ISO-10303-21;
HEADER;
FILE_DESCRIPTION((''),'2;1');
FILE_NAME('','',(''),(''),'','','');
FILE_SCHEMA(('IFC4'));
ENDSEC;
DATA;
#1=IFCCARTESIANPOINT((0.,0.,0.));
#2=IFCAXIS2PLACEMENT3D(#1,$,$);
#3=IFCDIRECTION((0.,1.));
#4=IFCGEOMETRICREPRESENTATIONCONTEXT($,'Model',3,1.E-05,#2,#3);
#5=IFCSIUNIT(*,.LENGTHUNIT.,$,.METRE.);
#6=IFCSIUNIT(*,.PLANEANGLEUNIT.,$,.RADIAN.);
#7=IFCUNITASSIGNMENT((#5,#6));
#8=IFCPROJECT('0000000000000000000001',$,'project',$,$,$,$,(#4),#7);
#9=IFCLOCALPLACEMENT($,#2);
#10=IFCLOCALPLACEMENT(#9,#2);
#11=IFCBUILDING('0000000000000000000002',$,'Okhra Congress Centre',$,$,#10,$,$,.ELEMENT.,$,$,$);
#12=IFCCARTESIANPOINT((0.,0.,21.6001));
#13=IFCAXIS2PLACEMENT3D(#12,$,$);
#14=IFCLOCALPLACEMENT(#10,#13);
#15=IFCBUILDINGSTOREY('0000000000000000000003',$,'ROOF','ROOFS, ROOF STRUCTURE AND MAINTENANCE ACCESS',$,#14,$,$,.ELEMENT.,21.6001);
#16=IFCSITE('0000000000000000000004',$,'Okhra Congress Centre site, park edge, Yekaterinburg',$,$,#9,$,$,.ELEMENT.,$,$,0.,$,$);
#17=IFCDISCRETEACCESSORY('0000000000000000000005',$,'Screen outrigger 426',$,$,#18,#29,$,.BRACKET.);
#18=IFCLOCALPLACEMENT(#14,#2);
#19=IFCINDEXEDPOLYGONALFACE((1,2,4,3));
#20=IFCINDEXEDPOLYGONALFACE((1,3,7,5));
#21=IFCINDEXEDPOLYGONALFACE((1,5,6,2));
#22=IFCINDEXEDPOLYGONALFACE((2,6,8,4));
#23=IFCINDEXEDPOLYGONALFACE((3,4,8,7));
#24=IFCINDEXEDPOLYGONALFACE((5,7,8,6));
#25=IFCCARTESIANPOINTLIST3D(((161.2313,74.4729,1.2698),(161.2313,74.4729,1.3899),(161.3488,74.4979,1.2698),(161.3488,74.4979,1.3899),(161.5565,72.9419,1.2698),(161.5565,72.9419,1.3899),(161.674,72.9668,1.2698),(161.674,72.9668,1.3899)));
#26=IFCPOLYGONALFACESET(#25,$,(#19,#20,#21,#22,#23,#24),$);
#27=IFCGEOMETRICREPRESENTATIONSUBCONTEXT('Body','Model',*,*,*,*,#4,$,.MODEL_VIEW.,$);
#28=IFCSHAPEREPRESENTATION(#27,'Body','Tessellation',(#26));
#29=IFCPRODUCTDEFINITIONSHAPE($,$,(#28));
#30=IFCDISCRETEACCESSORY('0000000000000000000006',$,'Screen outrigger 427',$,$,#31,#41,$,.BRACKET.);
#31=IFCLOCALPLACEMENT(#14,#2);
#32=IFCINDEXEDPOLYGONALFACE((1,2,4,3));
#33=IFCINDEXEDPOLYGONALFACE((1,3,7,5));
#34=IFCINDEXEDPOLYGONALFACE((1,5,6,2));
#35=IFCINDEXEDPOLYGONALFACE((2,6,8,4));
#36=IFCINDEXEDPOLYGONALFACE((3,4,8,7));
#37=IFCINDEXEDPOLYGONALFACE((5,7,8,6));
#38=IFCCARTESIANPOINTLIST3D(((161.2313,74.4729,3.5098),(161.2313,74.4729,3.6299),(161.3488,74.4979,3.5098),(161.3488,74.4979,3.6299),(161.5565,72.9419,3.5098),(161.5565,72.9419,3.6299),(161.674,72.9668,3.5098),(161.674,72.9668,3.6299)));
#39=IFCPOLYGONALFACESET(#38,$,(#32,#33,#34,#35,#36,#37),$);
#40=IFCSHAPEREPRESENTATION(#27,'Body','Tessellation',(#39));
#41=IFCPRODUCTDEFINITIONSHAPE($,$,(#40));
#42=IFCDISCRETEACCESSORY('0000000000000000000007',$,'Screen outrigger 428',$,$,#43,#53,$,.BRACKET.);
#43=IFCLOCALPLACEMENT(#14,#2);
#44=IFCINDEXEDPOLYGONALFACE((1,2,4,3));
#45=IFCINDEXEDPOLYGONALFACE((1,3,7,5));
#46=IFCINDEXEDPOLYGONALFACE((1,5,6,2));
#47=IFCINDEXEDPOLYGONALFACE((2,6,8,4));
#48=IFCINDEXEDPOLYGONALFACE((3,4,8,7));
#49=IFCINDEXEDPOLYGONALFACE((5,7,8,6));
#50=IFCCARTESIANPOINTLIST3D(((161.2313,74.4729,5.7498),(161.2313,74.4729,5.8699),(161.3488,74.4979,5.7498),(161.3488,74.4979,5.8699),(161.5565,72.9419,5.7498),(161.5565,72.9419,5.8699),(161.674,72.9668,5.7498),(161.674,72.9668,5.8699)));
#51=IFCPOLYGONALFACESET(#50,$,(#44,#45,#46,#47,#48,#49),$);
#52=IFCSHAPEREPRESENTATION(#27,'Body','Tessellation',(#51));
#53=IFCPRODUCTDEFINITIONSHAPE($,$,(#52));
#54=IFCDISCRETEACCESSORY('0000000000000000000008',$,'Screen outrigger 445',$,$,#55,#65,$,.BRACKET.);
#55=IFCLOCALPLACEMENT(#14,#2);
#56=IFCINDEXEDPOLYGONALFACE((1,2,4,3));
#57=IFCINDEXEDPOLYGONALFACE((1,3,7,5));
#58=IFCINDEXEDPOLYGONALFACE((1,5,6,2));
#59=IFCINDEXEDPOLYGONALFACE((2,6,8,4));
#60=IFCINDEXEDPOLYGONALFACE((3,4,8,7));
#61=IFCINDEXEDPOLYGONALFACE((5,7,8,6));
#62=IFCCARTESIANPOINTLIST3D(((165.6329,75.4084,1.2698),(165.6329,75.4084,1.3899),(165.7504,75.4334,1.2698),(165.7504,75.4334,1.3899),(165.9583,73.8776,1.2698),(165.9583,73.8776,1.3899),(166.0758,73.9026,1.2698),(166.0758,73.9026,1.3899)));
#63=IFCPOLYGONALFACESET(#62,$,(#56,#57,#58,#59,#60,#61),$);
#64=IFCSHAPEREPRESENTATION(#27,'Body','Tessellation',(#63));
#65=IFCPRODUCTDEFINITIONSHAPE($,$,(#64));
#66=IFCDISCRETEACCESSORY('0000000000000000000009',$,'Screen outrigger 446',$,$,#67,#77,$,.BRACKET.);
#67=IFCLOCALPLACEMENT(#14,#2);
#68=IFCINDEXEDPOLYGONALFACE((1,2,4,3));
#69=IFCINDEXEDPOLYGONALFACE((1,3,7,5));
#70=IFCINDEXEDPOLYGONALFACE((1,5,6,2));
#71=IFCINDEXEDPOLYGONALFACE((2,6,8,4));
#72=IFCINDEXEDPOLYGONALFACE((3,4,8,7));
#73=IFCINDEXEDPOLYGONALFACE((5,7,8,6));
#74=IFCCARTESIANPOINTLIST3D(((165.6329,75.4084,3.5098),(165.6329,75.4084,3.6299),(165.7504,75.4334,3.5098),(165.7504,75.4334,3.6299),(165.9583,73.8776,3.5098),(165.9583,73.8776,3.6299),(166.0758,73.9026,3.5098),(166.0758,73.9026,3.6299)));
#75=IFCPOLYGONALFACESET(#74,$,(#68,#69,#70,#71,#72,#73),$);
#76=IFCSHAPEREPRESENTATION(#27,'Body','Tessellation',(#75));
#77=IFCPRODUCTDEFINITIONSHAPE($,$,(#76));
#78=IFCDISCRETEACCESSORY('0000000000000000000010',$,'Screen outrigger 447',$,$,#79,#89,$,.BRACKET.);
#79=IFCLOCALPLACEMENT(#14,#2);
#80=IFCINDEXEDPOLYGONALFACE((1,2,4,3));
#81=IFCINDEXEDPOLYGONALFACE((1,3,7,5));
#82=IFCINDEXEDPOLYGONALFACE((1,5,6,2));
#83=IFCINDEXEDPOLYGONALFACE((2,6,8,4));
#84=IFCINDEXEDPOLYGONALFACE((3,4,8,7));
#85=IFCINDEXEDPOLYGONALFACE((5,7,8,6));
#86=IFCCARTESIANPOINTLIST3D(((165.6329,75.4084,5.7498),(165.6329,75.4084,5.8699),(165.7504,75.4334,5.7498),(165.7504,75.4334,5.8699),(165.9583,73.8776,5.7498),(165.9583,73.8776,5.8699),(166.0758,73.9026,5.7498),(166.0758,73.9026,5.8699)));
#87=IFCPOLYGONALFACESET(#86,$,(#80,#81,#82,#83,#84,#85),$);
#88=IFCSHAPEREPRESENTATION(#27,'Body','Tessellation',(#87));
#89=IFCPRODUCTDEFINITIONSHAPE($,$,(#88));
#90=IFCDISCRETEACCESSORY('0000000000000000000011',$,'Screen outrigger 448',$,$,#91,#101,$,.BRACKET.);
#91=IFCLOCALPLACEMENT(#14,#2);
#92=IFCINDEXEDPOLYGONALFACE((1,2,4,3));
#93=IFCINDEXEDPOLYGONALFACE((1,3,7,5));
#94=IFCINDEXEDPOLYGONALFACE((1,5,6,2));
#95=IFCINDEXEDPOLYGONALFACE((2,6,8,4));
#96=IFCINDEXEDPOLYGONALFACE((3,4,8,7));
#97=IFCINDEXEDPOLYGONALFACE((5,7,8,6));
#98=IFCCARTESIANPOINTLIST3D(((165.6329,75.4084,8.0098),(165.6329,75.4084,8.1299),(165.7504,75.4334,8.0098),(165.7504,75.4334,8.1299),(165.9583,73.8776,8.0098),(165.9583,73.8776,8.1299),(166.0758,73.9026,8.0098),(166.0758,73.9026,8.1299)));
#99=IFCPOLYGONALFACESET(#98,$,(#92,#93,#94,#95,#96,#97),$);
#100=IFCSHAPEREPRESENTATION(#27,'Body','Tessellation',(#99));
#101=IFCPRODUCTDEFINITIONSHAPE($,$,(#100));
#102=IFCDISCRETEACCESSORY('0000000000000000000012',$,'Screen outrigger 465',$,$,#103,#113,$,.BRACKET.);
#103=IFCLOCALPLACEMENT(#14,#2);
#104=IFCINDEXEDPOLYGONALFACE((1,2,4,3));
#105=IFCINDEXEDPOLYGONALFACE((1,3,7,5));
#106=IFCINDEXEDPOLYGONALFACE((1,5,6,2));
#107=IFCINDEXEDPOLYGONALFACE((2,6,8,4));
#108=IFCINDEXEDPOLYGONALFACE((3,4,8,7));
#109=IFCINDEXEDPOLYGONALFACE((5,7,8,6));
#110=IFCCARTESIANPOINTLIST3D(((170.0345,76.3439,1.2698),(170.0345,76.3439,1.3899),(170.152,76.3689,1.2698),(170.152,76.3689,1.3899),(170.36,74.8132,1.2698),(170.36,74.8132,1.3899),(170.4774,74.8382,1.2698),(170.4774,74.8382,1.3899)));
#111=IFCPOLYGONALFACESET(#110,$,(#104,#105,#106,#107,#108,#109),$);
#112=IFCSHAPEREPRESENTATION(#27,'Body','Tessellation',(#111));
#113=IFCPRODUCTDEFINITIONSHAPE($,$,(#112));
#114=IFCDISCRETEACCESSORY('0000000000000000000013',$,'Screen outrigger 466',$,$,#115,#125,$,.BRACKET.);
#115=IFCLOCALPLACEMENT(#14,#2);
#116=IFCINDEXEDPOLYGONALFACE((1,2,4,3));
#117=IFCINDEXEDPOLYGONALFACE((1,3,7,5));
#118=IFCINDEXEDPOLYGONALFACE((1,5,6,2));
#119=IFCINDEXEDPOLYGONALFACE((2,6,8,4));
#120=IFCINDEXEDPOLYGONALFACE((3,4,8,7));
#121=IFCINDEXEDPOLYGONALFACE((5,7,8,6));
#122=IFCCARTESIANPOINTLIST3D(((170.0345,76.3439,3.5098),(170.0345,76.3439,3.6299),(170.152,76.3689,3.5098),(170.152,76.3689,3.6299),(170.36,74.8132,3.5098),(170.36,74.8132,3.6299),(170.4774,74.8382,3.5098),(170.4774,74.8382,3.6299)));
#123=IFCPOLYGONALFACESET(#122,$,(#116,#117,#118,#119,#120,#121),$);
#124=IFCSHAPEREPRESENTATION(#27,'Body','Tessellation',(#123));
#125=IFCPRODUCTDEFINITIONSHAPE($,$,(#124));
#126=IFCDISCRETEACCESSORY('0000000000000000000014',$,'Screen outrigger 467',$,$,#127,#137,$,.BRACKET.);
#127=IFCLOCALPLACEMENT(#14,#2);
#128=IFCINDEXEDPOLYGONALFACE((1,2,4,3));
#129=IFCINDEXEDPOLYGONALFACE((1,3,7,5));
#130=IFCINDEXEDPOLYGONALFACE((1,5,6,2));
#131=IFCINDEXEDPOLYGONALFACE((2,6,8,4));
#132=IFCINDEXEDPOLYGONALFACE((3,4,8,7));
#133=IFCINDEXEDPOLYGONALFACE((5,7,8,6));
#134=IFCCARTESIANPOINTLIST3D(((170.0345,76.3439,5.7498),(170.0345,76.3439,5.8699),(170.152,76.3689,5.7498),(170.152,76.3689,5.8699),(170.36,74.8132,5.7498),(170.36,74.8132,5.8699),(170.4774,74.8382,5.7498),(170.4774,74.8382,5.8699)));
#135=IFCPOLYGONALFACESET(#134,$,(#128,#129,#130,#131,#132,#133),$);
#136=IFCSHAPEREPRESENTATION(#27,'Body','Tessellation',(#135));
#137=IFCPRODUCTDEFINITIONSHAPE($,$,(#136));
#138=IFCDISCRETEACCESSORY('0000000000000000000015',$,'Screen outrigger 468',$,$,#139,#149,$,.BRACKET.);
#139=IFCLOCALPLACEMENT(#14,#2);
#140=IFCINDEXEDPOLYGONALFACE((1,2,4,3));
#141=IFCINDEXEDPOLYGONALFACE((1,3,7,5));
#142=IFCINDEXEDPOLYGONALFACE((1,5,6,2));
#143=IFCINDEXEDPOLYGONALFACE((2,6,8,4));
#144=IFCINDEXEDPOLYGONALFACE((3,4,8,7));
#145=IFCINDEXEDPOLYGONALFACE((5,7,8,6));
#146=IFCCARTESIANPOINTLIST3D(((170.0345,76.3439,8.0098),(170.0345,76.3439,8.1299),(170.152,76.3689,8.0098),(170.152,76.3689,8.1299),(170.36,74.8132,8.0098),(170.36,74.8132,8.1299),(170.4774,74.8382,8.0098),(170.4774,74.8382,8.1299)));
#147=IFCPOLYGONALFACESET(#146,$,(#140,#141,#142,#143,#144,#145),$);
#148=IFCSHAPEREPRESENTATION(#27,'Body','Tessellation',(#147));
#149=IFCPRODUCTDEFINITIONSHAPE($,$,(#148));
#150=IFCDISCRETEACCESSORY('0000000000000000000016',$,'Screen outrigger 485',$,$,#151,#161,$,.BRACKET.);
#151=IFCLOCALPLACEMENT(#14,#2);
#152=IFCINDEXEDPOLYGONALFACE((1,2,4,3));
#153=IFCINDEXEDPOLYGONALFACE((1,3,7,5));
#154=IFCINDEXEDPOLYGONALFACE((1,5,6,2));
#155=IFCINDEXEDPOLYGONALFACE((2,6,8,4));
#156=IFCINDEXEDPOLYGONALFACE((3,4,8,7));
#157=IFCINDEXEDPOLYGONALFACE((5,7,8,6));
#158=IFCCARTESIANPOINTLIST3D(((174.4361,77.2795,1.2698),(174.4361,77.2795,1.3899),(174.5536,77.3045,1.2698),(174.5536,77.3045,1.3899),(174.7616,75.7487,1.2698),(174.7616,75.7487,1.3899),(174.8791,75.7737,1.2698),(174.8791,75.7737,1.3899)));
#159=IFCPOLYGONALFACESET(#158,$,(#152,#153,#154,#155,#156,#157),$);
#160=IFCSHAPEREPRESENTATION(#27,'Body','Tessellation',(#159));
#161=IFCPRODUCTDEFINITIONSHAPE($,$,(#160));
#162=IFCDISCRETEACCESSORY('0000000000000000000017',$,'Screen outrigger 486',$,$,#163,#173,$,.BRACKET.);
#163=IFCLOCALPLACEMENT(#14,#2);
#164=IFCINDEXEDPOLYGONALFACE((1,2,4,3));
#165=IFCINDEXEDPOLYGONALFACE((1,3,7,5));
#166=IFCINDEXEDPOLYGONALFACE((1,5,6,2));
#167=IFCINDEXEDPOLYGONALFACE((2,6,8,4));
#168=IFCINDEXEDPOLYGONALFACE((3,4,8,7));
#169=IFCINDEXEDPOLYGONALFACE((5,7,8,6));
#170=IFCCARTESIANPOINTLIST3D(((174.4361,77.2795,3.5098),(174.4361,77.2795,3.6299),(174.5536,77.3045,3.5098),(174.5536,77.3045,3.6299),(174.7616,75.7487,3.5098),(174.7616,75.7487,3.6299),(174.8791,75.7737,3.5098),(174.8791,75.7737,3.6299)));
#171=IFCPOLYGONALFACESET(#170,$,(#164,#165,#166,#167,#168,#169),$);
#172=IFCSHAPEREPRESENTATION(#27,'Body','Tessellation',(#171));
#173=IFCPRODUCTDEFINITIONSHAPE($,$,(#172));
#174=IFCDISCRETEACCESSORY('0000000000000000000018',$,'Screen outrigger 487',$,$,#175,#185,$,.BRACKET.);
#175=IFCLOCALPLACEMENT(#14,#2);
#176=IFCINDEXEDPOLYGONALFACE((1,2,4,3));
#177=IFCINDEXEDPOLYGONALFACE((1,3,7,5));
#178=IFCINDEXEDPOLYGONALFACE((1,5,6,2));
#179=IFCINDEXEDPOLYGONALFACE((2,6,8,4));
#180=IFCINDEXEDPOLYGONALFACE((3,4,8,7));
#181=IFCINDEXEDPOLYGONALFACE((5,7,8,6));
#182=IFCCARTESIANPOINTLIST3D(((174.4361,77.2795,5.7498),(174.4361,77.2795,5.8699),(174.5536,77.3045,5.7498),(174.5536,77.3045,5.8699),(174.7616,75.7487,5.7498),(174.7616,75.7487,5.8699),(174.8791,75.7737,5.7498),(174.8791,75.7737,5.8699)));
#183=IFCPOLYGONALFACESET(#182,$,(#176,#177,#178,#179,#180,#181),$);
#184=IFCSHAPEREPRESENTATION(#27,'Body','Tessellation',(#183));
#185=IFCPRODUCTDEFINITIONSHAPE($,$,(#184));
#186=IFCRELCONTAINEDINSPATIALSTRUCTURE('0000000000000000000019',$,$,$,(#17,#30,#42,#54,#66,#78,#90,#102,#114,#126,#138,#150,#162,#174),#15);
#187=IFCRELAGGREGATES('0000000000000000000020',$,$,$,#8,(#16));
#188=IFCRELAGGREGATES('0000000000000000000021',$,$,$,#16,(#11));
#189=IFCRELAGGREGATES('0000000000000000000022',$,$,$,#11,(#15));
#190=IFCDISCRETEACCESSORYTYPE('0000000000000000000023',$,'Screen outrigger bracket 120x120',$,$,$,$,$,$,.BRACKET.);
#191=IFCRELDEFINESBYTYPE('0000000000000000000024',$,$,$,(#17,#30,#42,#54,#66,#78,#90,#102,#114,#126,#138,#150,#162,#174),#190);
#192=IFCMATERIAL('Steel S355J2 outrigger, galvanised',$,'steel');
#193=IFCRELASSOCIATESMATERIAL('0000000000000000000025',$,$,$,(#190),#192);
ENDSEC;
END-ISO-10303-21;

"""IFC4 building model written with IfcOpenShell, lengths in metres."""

from ifc_helpers import new_model, si_unit, direction, frame, origin, origin_2d, place, context, subcontext, project, spatial, rectangle, extrude, material, material_profile, profile_set, type_object, element, save


model = new_model("IFC4")

# Units and contexts
model_context = context("Model", 3, precision=1e-05, world=origin(), true_north=direction((0.0, 1.0)))
body_context = subcontext(model_context, "Body", "Model", "MODEL_VIEW")
ifc_project = project(units=[si_unit("LENGTHUNIT", "METRE"), si_unit("PLANEANGLEUNIT", "RADIAN")], contexts=[model_context])

# Site, building, storey
site_placement = place(None, origin())
site = spatial("IfcSite", under=ifc_project, at=site_placement, Name="Okhra Congress Centre site, park edge, Yekaterinburg", CompositionType="ELEMENT", RefElevation=0.0)
building_placement = place(site_placement, origin())
building = spatial("IfcBuilding", under=site, at=building_placement, Name="Okhra Congress Centre", CompositionType="ELEMENT")
storey_placement = place(building_placement, frame((0.0, 0.0, 21.6001)))
storey = spatial("IfcBuildingStorey", under=building, at=storey_placement, Name="ROOF", Description="ROOFS, ROOF STRUCTURE AND MAINTENANCE ACCESS", CompositionType="ELEMENT", Elevation=21.6001)

# Discrete accessories
ifc_material_1 = material(Name="Steel S355J2 outrigger, galvanised", Category="steel")
ifc_material_profile_1 = material_profile(ifc_material_1, rectangle(XDim=0.1201, YDim=0.1201, at=origin_2d()), Name="Screen outrigger bracket 120x120")
ifc_profile_set_1 = profile_set([ifc_material_profile_1], Name="Steel S355J2 outrigger, galvanised")
discrete_accessory_type = type_object("IfcDiscreteAccessoryType", Name="Screen outrigger bracket 120x120", PredefinedType="BRACKET", material=ifc_profile_set_1)
for number, where, z_axis, x_axis, name in (
    (1, (161.6152, 72.9543, 1.3298), (-0.207771, 0.978177, 0.0), (-0.978177, -0.207771, 0.0), "Screen outrigger 426"),
    (2, (161.6152, 72.9543, 3.5698), (-0.207771, 0.978177, 0.0), (-0.978177, -0.207771, 0.0), "Screen outrigger 427"),
    (3, (161.6152, 72.9543, 5.8098), (-0.207771, 0.978177, 0.0), (-0.978177, -0.207771, 0.0), "Screen outrigger 428"),
):
    element("IfcDiscreteAccessory", number, at=place(storey_placement, frame(where, z_axis=z_axis, x_axis=x_axis)), inside=storey, type_object=discrete_accessory_type, Name=name, PredefinedType="BRACKET", context=body_context, shape_type="SweptSolid", body=[
        extrude(rectangle(XDim=0.1201, YDim=0.1201, at=origin_2d()), origin(), (0.0, 0.0, 1.0), 1.5652),
    ])
for number, where, z_axis, x_axis, name in (
    (4, (166.0171, 73.8901, 1.3298), (-0.207952, 0.978139, 0.0), (-0.978139, -0.207952, 0.0), "Screen outrigger 445"),
    (5, (166.0171, 73.8901, 3.5698), (-0.207952, 0.978139, 0.0), (-0.978139, -0.207952, 0.0), "Screen outrigger 446"),
    (6, (166.0171, 73.8901, 5.8098), (-0.207952, 0.978139, 0.0), (-0.978139, -0.207952, 0.0), "Screen outrigger 447"),
    (7, (166.0171, 73.8901, 8.0698), (-0.207952, 0.978139, 0.0), (-0.978139, -0.207952, 0.0), "Screen outrigger 448"),
    (8, (170.4187, 74.8257, 1.3298), (-0.207952, 0.978139, 0.0), (-0.978139, -0.207952, 0.0), "Screen outrigger 465"),
    (9, (170.4187, 74.8257, 3.5698), (-0.207952, 0.978139, 0.0), (-0.978139, -0.207952, 0.0), "Screen outrigger 466"),
    (10, (170.4187, 74.8257, 5.8098), (-0.207952, 0.978139, 0.0), (-0.978139, -0.207952, 0.0), "Screen outrigger 467"),
    (11, (170.4187, 74.8257, 8.0698), (-0.207952, 0.978139, 0.0), (-0.978139, -0.207952, 0.0), "Screen outrigger 468"),
    (12, (174.8203, 75.7612, 1.3298), (-0.207952, 0.978139, 0.0), (-0.978139, -0.207952, 0.0), "Screen outrigger 485"),
    (13, (174.8203, 75.7612, 3.5698), (-0.207952, 0.978139, 0.0), (-0.978139, -0.207952, 0.0), "Screen outrigger 486"),
    (14, (174.8203, 75.7612, 5.8098), (-0.207952, 0.978139, 0.0), (-0.978139, -0.207952, 0.0), "Screen outrigger 487"),
):
    element("IfcDiscreteAccessory", number, at=place(storey_placement, frame(where, z_axis=z_axis, x_axis=x_axis)), inside=storey, type_object=discrete_accessory_type, Name=name, PredefinedType="BRACKET", context=body_context, shape_type="SweptSolid", body=[
        extrude(rectangle(XDim=0.1201, YDim=0.1201, at=origin_2d()), origin(), (0.0, 0.0, 1.0), 1.5649),
    ])

save(model, "model.ifc")
